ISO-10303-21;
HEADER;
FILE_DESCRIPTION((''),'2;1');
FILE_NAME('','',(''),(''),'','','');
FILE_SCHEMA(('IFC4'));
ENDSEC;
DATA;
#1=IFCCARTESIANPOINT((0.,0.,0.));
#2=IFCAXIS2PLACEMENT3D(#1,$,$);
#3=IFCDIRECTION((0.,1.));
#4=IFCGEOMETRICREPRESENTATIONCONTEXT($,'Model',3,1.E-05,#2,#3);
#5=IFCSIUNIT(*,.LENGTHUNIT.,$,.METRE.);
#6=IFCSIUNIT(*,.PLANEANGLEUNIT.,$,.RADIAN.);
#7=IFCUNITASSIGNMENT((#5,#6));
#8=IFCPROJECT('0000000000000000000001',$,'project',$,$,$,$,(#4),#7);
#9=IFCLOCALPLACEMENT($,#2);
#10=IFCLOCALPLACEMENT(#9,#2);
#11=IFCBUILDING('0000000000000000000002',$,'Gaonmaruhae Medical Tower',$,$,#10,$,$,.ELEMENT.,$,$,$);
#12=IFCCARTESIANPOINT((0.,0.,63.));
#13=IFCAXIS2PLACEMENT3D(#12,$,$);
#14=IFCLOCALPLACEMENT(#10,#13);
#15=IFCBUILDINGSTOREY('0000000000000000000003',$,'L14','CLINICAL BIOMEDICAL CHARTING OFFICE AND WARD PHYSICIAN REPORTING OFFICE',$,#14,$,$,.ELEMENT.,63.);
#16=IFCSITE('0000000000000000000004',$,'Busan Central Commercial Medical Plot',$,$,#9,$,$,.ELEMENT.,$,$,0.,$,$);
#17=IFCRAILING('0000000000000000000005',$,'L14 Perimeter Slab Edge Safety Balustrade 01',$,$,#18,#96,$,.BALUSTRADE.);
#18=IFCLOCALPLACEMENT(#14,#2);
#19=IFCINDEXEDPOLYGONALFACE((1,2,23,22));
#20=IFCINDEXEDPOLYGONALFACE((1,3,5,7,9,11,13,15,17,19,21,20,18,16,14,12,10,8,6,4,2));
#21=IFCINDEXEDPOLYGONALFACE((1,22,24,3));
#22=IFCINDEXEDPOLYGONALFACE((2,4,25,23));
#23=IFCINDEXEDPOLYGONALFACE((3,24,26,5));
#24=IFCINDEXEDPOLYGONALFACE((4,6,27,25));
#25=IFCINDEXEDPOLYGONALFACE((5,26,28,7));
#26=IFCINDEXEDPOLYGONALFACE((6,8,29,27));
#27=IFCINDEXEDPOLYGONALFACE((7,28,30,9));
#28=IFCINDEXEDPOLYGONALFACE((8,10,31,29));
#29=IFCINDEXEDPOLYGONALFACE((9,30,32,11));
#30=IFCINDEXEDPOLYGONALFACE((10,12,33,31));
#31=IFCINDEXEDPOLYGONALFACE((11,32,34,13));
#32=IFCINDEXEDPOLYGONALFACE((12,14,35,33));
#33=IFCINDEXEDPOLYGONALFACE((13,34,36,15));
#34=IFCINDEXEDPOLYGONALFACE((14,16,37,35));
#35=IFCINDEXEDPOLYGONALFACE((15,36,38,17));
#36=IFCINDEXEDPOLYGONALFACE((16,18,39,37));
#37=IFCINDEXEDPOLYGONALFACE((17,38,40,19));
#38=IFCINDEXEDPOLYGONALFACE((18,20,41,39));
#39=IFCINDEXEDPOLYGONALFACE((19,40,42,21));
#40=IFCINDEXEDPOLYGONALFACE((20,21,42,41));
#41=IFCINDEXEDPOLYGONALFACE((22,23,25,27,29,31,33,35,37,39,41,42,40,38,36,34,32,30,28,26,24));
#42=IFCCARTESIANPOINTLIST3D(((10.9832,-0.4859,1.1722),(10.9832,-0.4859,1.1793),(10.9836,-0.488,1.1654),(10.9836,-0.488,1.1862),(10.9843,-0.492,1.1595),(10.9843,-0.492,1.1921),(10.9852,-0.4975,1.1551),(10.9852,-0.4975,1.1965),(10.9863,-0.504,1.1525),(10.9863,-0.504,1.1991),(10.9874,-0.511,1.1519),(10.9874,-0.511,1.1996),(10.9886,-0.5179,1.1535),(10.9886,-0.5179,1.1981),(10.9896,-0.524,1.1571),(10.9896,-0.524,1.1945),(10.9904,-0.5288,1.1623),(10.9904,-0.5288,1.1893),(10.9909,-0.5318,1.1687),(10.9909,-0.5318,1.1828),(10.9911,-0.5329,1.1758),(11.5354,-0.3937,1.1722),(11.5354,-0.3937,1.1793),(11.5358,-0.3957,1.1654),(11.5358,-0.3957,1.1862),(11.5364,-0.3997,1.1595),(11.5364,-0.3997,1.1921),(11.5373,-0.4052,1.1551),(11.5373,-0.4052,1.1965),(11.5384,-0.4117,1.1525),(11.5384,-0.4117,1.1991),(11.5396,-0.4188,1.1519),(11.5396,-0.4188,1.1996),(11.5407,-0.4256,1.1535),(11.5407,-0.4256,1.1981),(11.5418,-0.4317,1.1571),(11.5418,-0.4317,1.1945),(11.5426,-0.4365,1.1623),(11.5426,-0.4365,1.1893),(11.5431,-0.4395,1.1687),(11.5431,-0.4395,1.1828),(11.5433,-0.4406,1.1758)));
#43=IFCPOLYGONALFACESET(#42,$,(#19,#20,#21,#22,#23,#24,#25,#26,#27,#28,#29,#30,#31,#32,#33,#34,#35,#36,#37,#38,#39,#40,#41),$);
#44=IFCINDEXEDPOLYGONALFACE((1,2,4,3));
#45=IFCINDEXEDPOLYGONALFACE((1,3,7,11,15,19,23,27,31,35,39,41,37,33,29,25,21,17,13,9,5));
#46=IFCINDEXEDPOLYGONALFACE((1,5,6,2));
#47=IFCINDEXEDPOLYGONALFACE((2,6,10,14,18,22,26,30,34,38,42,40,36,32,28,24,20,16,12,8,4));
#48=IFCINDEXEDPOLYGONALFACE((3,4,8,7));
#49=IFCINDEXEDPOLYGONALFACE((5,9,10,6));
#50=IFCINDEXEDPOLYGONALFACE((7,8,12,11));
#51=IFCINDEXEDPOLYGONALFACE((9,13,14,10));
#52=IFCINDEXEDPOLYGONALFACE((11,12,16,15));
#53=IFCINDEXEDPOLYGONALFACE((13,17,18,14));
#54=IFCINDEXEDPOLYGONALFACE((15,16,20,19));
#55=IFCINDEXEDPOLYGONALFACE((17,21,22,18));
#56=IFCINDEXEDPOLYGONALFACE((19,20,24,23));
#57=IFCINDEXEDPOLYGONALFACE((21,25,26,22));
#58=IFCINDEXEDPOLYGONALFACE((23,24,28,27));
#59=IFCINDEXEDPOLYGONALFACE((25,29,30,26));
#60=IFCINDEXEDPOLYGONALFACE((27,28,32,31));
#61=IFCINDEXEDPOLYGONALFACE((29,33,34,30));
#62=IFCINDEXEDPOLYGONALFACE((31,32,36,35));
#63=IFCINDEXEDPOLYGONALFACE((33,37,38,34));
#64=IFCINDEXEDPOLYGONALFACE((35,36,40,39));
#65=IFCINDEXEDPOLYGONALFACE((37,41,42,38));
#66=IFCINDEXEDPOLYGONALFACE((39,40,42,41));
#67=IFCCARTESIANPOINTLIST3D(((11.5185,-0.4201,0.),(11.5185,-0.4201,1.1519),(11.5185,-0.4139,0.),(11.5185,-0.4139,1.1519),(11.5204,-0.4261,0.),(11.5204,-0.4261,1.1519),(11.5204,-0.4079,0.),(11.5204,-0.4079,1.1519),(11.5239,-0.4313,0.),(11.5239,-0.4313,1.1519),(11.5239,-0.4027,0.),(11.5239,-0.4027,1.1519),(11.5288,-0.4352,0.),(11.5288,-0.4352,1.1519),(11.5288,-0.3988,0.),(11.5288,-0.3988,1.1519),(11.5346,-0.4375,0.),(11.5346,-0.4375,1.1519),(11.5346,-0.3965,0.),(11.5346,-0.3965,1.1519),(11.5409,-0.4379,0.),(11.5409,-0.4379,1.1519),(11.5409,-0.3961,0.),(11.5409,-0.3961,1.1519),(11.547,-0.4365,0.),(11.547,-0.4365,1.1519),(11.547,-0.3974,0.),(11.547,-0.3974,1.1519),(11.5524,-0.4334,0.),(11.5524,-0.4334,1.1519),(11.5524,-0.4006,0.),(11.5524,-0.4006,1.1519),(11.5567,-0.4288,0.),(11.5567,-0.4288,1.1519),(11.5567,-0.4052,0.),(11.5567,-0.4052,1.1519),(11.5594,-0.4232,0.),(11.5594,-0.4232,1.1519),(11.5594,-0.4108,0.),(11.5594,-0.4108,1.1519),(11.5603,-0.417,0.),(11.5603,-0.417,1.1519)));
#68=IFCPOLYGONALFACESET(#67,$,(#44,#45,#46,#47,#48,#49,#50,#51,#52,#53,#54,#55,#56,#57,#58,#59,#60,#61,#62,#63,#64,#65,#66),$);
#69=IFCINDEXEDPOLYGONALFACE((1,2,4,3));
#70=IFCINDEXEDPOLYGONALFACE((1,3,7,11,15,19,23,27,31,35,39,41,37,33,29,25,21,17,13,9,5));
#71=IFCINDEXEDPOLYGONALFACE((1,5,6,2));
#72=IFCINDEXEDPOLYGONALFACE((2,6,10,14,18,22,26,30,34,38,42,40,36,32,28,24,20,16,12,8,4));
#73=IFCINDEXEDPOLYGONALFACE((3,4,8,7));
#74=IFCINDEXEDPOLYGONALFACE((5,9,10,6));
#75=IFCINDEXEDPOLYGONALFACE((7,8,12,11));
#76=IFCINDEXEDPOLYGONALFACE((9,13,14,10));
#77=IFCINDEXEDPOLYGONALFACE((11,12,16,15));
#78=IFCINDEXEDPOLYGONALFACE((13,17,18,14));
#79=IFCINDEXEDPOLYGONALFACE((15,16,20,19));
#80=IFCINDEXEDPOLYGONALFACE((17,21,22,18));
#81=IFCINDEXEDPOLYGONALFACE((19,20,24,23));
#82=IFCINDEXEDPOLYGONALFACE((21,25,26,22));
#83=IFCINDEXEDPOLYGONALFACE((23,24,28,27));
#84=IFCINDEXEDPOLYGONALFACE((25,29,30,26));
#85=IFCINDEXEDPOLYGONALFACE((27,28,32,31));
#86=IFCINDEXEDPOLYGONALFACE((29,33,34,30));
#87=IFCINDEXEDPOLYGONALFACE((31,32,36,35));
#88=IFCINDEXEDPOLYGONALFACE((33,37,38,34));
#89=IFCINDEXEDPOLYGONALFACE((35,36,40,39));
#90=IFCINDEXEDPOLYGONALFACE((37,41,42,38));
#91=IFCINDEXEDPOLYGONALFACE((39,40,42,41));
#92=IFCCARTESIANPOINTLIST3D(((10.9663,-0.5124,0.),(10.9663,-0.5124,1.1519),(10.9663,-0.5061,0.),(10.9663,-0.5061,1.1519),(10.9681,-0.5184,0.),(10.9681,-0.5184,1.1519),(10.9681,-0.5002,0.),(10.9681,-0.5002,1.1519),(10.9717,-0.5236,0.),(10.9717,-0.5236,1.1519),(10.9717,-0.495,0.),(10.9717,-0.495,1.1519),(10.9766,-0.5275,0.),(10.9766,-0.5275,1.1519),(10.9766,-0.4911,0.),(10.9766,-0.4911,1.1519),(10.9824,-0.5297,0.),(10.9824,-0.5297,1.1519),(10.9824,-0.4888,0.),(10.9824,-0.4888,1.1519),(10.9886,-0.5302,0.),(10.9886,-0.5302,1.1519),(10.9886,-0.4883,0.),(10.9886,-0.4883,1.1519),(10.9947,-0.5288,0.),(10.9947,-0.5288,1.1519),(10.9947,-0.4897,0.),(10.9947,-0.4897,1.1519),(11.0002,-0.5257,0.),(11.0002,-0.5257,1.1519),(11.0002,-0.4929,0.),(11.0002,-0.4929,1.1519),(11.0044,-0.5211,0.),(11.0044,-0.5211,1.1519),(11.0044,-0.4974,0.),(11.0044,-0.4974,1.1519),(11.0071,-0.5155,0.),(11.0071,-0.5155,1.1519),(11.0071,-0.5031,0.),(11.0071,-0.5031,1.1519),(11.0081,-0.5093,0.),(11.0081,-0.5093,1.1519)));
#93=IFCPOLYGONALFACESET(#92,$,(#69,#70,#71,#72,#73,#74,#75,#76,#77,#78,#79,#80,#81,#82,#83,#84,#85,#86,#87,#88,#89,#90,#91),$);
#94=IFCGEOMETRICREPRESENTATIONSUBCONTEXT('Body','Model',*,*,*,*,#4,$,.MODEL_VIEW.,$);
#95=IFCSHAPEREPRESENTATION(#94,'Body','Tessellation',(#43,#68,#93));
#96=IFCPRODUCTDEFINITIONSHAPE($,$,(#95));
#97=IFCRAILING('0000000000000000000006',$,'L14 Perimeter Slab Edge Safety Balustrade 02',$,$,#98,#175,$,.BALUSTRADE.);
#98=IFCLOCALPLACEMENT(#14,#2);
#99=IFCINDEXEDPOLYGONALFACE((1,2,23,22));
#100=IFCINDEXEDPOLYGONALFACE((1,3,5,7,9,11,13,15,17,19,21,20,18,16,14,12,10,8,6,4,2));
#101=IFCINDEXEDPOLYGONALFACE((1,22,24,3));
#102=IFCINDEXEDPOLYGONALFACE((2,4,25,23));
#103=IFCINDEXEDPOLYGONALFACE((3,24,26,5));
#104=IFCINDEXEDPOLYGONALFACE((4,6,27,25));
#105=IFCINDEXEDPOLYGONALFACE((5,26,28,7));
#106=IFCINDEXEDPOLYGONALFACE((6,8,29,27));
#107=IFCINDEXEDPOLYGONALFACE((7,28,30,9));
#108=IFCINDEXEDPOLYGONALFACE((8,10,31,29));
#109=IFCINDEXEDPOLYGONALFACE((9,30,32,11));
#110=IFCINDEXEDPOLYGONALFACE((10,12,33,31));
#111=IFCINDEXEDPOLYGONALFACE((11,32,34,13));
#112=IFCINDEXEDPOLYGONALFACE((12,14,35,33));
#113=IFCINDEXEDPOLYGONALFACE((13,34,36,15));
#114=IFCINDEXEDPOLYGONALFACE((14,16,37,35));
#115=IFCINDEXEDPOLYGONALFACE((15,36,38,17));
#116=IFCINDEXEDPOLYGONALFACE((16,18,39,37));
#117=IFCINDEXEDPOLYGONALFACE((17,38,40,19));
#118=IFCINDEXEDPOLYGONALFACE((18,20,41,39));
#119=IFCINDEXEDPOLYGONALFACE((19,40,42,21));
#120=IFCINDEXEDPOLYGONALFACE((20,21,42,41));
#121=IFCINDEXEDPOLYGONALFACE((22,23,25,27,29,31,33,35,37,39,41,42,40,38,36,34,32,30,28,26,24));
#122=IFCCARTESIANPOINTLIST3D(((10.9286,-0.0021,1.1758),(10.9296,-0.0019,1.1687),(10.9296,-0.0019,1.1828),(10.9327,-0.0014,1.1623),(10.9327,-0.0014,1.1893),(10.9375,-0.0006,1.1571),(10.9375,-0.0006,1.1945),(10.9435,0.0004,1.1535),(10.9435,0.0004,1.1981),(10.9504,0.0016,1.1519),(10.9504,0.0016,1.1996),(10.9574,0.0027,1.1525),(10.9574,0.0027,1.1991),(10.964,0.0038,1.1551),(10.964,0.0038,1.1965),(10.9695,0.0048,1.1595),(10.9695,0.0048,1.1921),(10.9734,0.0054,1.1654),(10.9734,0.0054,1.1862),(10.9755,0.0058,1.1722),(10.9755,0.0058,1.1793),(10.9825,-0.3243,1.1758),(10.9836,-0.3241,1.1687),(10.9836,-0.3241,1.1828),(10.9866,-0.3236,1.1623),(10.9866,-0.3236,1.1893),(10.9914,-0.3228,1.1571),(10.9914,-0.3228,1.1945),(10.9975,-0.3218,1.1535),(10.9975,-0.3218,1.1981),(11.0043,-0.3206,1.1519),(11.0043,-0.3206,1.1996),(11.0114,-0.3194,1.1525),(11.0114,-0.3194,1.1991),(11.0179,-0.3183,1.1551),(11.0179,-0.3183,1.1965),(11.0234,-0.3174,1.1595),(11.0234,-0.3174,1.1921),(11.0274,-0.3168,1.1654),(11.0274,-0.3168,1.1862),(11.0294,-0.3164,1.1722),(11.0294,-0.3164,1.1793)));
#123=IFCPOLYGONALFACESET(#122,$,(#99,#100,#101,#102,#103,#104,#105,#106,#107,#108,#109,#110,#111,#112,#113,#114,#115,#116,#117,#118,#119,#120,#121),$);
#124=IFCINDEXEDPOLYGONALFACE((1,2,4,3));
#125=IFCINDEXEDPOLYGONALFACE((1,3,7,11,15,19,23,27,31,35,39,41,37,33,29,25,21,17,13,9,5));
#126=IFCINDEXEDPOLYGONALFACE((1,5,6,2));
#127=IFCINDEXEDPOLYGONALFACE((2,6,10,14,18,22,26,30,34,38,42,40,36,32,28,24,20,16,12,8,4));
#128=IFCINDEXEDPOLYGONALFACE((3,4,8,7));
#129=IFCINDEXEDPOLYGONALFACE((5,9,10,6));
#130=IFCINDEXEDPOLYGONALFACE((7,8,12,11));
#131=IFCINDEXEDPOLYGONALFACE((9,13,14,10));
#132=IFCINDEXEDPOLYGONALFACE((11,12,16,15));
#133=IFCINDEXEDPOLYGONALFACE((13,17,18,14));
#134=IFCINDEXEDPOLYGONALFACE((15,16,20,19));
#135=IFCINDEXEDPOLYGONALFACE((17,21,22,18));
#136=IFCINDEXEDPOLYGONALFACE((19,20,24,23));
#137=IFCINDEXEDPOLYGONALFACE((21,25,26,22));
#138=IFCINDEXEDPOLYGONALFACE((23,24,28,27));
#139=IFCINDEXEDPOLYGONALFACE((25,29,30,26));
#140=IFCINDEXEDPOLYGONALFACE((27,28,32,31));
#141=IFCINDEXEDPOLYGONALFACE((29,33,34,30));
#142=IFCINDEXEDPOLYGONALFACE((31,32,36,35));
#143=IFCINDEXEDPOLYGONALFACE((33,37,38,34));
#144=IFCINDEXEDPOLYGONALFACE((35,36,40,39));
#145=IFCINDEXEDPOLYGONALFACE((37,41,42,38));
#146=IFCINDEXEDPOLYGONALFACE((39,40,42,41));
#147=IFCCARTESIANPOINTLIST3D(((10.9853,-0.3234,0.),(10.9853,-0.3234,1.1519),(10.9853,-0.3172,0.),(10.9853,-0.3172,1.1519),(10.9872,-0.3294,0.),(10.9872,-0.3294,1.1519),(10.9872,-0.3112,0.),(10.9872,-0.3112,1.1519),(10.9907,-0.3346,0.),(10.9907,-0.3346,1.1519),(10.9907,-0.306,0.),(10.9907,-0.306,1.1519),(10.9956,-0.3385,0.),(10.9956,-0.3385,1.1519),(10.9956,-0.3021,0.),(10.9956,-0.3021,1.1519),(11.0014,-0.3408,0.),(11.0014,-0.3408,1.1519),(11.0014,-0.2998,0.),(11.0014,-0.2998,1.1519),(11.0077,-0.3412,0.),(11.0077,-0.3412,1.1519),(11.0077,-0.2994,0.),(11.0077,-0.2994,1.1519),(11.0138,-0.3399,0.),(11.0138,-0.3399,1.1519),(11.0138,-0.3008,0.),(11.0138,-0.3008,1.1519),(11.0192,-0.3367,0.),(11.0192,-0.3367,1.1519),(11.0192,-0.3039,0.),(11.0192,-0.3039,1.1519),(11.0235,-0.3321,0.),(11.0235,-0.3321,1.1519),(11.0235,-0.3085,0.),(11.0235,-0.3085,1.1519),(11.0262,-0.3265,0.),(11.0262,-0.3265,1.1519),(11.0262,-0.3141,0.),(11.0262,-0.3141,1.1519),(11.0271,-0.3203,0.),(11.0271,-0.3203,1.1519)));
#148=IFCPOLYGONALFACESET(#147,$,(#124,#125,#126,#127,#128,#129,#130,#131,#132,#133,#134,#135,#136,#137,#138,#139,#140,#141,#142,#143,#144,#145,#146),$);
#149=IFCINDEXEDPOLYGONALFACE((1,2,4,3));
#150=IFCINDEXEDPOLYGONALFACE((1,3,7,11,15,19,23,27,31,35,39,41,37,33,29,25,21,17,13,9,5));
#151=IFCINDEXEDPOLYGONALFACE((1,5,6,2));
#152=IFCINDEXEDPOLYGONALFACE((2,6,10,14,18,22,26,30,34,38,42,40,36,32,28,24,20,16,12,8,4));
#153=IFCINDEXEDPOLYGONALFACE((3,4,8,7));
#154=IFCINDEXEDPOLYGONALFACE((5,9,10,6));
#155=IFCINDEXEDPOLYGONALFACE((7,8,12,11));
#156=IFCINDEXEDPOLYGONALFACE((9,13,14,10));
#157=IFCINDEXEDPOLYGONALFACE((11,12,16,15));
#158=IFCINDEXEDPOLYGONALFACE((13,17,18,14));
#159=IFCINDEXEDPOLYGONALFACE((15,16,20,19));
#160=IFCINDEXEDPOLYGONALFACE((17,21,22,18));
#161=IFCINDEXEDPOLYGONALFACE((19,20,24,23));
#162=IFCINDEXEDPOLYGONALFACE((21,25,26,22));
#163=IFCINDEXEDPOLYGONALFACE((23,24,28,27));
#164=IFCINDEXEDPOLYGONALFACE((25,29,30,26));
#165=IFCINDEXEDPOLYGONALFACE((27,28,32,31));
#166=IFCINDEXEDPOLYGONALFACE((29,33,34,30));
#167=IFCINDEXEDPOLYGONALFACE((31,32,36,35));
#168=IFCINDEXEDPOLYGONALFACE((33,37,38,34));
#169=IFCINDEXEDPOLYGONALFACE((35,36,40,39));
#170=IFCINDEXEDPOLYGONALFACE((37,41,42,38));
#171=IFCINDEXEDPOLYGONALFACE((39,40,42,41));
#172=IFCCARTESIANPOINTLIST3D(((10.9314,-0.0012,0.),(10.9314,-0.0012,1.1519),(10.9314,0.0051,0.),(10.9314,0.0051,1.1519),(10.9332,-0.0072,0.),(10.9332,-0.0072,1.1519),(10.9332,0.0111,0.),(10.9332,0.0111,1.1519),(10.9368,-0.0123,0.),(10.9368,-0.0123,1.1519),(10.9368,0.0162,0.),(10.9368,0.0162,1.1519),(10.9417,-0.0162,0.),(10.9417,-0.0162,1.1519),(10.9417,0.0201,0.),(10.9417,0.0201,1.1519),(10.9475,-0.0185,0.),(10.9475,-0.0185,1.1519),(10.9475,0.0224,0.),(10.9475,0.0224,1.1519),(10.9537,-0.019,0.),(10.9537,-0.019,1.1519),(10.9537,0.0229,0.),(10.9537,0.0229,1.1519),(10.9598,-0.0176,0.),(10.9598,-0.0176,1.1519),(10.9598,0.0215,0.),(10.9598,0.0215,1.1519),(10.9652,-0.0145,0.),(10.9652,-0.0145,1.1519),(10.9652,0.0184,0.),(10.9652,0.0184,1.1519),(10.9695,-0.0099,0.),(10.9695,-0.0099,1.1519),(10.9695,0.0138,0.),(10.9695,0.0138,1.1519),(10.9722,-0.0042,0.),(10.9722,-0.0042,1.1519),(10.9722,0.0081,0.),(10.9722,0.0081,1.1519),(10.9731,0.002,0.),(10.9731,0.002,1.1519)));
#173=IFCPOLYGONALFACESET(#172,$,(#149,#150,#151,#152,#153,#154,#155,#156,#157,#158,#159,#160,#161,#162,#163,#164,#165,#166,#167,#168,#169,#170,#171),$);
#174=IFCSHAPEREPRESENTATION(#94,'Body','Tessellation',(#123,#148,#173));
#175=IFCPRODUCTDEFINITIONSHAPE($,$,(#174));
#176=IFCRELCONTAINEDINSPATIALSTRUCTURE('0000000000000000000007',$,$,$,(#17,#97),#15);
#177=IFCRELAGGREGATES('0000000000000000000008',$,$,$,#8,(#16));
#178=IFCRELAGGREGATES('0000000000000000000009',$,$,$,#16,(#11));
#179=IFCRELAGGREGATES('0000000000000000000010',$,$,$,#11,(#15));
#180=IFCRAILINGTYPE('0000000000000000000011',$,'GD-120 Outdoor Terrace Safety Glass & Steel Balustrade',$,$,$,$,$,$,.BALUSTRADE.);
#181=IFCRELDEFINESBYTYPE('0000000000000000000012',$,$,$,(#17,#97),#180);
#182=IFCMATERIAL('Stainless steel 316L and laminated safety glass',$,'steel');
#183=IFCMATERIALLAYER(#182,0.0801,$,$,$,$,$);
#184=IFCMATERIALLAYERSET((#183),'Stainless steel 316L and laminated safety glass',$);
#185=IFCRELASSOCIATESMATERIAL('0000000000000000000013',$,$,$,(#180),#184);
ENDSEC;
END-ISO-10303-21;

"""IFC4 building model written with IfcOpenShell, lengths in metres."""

from ifc_helpers import new_model, si_unit, direction, frame, origin, origin_2d, place, context, subcontext, project, spatial, circle, extrude, material, layer, layer_set, type_object, element, save


model = new_model("IFC4")

# Units and contexts
model_context = context("Model", 3, precision=1e-05, world=origin(), true_north=direction((0.0, 1.0)))
body_context = subcontext(model_context, "Body", "Model", "MODEL_VIEW")
ifc_project = project(units=[si_unit("LENGTHUNIT", "METRE"), si_unit("PLANEANGLEUNIT", "RADIAN")], contexts=[model_context])

# Site, building, storey
site_placement = place(None, origin())
site = spatial("IfcSite", under=ifc_project, at=site_placement, Name="Busan Central Commercial Medical Plot", CompositionType="ELEMENT", RefElevation=0.0)
building_placement = place(site_placement, origin())
building = spatial("IfcBuilding", under=site, at=building_placement, Name="Gaonmaruhae Medical Tower", CompositionType="ELEMENT")
storey_placement = place(building_placement, frame((0.0, 0.0, 63.0)))
storey = spatial("IfcBuildingStorey", under=building, at=storey_placement, Name="L14", Description="CLINICAL BIOMEDICAL CHARTING OFFICE AND WARD PHYSICIAN REPORTING OFFICE", CompositionType="ELEMENT", Elevation=63.0)

# Railings
ifc_material_1 = material(Name="Stainless steel 316L and laminated safety glass", Category="steel")
ifc_layer_1 = layer(ifc_material_1, 0.0801)
ifc_layer_set_1 = layer_set([ifc_layer_1], Name="Stainless steel 316L and laminated safety glass")
railing_type = type_object("IfcRailingType", Name="GD-120 Outdoor Terrace Safety Glass & Steel Balustrade", PredefinedType="BALUSTRADE", material=ifc_layer_set_1)
railing_1_placement = place(storey_placement, frame((11.5393, -0.417, 0.0)))
element("IfcRailing", 1, at=railing_1_placement, inside=storey, type_object=railing_type, Name="L14 Perimeter Slab Edge Safety Balustrade 01", PredefinedType="BALUSTRADE", context=body_context, shape_type="SweptSolid", body=[
    extrude(circle(Radius=0.0239, at=origin_2d()), frame((0.0, 0.0, 1.1758), z_axis=(-0.986323, -0.164823, 0.0), x_axis=(0.164823, -0.986323, 0.0)), (0.0, 0.0, 1.0), 0.5598),
    extrude(circle(Radius=0.021, at=origin_2d()), origin(), (0.0, 0.0, 1.0), 1.1519),
    extrude(circle(Radius=0.021, at=origin_2d()), frame((-0.5522, -0.0923, 0.0)), (0.0, 0.0, 1.0), 1.1519),
])
railing_2_placement = place(storey_placement, frame((11.0061, -0.3203, 0.0)))
element("IfcRailing", 2, at=railing_2_placement, inside=storey, type_object=railing_type, Name="L14 Perimeter Slab Edge Safety Balustrade 02", PredefinedType="BALUSTRADE", context=body_context, shape_type="SweptSolid", body=[
    extrude(circle(Radius=0.0239, at=origin_2d()), frame((0.0, 0.0, 1.1758), z_axis=(-0.165126, 0.986272, 0.0), x_axis=(-0.986272, -0.165126, 0.0)), (0.0, 0.0, 1.0), 0.3267),
    extrude(circle(Radius=0.021, at=origin_2d()), origin(), (0.0, 0.0, 1.0), 1.1519),
    extrude(circle(Radius=0.021, at=origin_2d()), frame((-0.054, 0.3223, 0.0)), (0.0, 0.0, 1.0), 1.1519),
])

save(model, "model.ifc")
